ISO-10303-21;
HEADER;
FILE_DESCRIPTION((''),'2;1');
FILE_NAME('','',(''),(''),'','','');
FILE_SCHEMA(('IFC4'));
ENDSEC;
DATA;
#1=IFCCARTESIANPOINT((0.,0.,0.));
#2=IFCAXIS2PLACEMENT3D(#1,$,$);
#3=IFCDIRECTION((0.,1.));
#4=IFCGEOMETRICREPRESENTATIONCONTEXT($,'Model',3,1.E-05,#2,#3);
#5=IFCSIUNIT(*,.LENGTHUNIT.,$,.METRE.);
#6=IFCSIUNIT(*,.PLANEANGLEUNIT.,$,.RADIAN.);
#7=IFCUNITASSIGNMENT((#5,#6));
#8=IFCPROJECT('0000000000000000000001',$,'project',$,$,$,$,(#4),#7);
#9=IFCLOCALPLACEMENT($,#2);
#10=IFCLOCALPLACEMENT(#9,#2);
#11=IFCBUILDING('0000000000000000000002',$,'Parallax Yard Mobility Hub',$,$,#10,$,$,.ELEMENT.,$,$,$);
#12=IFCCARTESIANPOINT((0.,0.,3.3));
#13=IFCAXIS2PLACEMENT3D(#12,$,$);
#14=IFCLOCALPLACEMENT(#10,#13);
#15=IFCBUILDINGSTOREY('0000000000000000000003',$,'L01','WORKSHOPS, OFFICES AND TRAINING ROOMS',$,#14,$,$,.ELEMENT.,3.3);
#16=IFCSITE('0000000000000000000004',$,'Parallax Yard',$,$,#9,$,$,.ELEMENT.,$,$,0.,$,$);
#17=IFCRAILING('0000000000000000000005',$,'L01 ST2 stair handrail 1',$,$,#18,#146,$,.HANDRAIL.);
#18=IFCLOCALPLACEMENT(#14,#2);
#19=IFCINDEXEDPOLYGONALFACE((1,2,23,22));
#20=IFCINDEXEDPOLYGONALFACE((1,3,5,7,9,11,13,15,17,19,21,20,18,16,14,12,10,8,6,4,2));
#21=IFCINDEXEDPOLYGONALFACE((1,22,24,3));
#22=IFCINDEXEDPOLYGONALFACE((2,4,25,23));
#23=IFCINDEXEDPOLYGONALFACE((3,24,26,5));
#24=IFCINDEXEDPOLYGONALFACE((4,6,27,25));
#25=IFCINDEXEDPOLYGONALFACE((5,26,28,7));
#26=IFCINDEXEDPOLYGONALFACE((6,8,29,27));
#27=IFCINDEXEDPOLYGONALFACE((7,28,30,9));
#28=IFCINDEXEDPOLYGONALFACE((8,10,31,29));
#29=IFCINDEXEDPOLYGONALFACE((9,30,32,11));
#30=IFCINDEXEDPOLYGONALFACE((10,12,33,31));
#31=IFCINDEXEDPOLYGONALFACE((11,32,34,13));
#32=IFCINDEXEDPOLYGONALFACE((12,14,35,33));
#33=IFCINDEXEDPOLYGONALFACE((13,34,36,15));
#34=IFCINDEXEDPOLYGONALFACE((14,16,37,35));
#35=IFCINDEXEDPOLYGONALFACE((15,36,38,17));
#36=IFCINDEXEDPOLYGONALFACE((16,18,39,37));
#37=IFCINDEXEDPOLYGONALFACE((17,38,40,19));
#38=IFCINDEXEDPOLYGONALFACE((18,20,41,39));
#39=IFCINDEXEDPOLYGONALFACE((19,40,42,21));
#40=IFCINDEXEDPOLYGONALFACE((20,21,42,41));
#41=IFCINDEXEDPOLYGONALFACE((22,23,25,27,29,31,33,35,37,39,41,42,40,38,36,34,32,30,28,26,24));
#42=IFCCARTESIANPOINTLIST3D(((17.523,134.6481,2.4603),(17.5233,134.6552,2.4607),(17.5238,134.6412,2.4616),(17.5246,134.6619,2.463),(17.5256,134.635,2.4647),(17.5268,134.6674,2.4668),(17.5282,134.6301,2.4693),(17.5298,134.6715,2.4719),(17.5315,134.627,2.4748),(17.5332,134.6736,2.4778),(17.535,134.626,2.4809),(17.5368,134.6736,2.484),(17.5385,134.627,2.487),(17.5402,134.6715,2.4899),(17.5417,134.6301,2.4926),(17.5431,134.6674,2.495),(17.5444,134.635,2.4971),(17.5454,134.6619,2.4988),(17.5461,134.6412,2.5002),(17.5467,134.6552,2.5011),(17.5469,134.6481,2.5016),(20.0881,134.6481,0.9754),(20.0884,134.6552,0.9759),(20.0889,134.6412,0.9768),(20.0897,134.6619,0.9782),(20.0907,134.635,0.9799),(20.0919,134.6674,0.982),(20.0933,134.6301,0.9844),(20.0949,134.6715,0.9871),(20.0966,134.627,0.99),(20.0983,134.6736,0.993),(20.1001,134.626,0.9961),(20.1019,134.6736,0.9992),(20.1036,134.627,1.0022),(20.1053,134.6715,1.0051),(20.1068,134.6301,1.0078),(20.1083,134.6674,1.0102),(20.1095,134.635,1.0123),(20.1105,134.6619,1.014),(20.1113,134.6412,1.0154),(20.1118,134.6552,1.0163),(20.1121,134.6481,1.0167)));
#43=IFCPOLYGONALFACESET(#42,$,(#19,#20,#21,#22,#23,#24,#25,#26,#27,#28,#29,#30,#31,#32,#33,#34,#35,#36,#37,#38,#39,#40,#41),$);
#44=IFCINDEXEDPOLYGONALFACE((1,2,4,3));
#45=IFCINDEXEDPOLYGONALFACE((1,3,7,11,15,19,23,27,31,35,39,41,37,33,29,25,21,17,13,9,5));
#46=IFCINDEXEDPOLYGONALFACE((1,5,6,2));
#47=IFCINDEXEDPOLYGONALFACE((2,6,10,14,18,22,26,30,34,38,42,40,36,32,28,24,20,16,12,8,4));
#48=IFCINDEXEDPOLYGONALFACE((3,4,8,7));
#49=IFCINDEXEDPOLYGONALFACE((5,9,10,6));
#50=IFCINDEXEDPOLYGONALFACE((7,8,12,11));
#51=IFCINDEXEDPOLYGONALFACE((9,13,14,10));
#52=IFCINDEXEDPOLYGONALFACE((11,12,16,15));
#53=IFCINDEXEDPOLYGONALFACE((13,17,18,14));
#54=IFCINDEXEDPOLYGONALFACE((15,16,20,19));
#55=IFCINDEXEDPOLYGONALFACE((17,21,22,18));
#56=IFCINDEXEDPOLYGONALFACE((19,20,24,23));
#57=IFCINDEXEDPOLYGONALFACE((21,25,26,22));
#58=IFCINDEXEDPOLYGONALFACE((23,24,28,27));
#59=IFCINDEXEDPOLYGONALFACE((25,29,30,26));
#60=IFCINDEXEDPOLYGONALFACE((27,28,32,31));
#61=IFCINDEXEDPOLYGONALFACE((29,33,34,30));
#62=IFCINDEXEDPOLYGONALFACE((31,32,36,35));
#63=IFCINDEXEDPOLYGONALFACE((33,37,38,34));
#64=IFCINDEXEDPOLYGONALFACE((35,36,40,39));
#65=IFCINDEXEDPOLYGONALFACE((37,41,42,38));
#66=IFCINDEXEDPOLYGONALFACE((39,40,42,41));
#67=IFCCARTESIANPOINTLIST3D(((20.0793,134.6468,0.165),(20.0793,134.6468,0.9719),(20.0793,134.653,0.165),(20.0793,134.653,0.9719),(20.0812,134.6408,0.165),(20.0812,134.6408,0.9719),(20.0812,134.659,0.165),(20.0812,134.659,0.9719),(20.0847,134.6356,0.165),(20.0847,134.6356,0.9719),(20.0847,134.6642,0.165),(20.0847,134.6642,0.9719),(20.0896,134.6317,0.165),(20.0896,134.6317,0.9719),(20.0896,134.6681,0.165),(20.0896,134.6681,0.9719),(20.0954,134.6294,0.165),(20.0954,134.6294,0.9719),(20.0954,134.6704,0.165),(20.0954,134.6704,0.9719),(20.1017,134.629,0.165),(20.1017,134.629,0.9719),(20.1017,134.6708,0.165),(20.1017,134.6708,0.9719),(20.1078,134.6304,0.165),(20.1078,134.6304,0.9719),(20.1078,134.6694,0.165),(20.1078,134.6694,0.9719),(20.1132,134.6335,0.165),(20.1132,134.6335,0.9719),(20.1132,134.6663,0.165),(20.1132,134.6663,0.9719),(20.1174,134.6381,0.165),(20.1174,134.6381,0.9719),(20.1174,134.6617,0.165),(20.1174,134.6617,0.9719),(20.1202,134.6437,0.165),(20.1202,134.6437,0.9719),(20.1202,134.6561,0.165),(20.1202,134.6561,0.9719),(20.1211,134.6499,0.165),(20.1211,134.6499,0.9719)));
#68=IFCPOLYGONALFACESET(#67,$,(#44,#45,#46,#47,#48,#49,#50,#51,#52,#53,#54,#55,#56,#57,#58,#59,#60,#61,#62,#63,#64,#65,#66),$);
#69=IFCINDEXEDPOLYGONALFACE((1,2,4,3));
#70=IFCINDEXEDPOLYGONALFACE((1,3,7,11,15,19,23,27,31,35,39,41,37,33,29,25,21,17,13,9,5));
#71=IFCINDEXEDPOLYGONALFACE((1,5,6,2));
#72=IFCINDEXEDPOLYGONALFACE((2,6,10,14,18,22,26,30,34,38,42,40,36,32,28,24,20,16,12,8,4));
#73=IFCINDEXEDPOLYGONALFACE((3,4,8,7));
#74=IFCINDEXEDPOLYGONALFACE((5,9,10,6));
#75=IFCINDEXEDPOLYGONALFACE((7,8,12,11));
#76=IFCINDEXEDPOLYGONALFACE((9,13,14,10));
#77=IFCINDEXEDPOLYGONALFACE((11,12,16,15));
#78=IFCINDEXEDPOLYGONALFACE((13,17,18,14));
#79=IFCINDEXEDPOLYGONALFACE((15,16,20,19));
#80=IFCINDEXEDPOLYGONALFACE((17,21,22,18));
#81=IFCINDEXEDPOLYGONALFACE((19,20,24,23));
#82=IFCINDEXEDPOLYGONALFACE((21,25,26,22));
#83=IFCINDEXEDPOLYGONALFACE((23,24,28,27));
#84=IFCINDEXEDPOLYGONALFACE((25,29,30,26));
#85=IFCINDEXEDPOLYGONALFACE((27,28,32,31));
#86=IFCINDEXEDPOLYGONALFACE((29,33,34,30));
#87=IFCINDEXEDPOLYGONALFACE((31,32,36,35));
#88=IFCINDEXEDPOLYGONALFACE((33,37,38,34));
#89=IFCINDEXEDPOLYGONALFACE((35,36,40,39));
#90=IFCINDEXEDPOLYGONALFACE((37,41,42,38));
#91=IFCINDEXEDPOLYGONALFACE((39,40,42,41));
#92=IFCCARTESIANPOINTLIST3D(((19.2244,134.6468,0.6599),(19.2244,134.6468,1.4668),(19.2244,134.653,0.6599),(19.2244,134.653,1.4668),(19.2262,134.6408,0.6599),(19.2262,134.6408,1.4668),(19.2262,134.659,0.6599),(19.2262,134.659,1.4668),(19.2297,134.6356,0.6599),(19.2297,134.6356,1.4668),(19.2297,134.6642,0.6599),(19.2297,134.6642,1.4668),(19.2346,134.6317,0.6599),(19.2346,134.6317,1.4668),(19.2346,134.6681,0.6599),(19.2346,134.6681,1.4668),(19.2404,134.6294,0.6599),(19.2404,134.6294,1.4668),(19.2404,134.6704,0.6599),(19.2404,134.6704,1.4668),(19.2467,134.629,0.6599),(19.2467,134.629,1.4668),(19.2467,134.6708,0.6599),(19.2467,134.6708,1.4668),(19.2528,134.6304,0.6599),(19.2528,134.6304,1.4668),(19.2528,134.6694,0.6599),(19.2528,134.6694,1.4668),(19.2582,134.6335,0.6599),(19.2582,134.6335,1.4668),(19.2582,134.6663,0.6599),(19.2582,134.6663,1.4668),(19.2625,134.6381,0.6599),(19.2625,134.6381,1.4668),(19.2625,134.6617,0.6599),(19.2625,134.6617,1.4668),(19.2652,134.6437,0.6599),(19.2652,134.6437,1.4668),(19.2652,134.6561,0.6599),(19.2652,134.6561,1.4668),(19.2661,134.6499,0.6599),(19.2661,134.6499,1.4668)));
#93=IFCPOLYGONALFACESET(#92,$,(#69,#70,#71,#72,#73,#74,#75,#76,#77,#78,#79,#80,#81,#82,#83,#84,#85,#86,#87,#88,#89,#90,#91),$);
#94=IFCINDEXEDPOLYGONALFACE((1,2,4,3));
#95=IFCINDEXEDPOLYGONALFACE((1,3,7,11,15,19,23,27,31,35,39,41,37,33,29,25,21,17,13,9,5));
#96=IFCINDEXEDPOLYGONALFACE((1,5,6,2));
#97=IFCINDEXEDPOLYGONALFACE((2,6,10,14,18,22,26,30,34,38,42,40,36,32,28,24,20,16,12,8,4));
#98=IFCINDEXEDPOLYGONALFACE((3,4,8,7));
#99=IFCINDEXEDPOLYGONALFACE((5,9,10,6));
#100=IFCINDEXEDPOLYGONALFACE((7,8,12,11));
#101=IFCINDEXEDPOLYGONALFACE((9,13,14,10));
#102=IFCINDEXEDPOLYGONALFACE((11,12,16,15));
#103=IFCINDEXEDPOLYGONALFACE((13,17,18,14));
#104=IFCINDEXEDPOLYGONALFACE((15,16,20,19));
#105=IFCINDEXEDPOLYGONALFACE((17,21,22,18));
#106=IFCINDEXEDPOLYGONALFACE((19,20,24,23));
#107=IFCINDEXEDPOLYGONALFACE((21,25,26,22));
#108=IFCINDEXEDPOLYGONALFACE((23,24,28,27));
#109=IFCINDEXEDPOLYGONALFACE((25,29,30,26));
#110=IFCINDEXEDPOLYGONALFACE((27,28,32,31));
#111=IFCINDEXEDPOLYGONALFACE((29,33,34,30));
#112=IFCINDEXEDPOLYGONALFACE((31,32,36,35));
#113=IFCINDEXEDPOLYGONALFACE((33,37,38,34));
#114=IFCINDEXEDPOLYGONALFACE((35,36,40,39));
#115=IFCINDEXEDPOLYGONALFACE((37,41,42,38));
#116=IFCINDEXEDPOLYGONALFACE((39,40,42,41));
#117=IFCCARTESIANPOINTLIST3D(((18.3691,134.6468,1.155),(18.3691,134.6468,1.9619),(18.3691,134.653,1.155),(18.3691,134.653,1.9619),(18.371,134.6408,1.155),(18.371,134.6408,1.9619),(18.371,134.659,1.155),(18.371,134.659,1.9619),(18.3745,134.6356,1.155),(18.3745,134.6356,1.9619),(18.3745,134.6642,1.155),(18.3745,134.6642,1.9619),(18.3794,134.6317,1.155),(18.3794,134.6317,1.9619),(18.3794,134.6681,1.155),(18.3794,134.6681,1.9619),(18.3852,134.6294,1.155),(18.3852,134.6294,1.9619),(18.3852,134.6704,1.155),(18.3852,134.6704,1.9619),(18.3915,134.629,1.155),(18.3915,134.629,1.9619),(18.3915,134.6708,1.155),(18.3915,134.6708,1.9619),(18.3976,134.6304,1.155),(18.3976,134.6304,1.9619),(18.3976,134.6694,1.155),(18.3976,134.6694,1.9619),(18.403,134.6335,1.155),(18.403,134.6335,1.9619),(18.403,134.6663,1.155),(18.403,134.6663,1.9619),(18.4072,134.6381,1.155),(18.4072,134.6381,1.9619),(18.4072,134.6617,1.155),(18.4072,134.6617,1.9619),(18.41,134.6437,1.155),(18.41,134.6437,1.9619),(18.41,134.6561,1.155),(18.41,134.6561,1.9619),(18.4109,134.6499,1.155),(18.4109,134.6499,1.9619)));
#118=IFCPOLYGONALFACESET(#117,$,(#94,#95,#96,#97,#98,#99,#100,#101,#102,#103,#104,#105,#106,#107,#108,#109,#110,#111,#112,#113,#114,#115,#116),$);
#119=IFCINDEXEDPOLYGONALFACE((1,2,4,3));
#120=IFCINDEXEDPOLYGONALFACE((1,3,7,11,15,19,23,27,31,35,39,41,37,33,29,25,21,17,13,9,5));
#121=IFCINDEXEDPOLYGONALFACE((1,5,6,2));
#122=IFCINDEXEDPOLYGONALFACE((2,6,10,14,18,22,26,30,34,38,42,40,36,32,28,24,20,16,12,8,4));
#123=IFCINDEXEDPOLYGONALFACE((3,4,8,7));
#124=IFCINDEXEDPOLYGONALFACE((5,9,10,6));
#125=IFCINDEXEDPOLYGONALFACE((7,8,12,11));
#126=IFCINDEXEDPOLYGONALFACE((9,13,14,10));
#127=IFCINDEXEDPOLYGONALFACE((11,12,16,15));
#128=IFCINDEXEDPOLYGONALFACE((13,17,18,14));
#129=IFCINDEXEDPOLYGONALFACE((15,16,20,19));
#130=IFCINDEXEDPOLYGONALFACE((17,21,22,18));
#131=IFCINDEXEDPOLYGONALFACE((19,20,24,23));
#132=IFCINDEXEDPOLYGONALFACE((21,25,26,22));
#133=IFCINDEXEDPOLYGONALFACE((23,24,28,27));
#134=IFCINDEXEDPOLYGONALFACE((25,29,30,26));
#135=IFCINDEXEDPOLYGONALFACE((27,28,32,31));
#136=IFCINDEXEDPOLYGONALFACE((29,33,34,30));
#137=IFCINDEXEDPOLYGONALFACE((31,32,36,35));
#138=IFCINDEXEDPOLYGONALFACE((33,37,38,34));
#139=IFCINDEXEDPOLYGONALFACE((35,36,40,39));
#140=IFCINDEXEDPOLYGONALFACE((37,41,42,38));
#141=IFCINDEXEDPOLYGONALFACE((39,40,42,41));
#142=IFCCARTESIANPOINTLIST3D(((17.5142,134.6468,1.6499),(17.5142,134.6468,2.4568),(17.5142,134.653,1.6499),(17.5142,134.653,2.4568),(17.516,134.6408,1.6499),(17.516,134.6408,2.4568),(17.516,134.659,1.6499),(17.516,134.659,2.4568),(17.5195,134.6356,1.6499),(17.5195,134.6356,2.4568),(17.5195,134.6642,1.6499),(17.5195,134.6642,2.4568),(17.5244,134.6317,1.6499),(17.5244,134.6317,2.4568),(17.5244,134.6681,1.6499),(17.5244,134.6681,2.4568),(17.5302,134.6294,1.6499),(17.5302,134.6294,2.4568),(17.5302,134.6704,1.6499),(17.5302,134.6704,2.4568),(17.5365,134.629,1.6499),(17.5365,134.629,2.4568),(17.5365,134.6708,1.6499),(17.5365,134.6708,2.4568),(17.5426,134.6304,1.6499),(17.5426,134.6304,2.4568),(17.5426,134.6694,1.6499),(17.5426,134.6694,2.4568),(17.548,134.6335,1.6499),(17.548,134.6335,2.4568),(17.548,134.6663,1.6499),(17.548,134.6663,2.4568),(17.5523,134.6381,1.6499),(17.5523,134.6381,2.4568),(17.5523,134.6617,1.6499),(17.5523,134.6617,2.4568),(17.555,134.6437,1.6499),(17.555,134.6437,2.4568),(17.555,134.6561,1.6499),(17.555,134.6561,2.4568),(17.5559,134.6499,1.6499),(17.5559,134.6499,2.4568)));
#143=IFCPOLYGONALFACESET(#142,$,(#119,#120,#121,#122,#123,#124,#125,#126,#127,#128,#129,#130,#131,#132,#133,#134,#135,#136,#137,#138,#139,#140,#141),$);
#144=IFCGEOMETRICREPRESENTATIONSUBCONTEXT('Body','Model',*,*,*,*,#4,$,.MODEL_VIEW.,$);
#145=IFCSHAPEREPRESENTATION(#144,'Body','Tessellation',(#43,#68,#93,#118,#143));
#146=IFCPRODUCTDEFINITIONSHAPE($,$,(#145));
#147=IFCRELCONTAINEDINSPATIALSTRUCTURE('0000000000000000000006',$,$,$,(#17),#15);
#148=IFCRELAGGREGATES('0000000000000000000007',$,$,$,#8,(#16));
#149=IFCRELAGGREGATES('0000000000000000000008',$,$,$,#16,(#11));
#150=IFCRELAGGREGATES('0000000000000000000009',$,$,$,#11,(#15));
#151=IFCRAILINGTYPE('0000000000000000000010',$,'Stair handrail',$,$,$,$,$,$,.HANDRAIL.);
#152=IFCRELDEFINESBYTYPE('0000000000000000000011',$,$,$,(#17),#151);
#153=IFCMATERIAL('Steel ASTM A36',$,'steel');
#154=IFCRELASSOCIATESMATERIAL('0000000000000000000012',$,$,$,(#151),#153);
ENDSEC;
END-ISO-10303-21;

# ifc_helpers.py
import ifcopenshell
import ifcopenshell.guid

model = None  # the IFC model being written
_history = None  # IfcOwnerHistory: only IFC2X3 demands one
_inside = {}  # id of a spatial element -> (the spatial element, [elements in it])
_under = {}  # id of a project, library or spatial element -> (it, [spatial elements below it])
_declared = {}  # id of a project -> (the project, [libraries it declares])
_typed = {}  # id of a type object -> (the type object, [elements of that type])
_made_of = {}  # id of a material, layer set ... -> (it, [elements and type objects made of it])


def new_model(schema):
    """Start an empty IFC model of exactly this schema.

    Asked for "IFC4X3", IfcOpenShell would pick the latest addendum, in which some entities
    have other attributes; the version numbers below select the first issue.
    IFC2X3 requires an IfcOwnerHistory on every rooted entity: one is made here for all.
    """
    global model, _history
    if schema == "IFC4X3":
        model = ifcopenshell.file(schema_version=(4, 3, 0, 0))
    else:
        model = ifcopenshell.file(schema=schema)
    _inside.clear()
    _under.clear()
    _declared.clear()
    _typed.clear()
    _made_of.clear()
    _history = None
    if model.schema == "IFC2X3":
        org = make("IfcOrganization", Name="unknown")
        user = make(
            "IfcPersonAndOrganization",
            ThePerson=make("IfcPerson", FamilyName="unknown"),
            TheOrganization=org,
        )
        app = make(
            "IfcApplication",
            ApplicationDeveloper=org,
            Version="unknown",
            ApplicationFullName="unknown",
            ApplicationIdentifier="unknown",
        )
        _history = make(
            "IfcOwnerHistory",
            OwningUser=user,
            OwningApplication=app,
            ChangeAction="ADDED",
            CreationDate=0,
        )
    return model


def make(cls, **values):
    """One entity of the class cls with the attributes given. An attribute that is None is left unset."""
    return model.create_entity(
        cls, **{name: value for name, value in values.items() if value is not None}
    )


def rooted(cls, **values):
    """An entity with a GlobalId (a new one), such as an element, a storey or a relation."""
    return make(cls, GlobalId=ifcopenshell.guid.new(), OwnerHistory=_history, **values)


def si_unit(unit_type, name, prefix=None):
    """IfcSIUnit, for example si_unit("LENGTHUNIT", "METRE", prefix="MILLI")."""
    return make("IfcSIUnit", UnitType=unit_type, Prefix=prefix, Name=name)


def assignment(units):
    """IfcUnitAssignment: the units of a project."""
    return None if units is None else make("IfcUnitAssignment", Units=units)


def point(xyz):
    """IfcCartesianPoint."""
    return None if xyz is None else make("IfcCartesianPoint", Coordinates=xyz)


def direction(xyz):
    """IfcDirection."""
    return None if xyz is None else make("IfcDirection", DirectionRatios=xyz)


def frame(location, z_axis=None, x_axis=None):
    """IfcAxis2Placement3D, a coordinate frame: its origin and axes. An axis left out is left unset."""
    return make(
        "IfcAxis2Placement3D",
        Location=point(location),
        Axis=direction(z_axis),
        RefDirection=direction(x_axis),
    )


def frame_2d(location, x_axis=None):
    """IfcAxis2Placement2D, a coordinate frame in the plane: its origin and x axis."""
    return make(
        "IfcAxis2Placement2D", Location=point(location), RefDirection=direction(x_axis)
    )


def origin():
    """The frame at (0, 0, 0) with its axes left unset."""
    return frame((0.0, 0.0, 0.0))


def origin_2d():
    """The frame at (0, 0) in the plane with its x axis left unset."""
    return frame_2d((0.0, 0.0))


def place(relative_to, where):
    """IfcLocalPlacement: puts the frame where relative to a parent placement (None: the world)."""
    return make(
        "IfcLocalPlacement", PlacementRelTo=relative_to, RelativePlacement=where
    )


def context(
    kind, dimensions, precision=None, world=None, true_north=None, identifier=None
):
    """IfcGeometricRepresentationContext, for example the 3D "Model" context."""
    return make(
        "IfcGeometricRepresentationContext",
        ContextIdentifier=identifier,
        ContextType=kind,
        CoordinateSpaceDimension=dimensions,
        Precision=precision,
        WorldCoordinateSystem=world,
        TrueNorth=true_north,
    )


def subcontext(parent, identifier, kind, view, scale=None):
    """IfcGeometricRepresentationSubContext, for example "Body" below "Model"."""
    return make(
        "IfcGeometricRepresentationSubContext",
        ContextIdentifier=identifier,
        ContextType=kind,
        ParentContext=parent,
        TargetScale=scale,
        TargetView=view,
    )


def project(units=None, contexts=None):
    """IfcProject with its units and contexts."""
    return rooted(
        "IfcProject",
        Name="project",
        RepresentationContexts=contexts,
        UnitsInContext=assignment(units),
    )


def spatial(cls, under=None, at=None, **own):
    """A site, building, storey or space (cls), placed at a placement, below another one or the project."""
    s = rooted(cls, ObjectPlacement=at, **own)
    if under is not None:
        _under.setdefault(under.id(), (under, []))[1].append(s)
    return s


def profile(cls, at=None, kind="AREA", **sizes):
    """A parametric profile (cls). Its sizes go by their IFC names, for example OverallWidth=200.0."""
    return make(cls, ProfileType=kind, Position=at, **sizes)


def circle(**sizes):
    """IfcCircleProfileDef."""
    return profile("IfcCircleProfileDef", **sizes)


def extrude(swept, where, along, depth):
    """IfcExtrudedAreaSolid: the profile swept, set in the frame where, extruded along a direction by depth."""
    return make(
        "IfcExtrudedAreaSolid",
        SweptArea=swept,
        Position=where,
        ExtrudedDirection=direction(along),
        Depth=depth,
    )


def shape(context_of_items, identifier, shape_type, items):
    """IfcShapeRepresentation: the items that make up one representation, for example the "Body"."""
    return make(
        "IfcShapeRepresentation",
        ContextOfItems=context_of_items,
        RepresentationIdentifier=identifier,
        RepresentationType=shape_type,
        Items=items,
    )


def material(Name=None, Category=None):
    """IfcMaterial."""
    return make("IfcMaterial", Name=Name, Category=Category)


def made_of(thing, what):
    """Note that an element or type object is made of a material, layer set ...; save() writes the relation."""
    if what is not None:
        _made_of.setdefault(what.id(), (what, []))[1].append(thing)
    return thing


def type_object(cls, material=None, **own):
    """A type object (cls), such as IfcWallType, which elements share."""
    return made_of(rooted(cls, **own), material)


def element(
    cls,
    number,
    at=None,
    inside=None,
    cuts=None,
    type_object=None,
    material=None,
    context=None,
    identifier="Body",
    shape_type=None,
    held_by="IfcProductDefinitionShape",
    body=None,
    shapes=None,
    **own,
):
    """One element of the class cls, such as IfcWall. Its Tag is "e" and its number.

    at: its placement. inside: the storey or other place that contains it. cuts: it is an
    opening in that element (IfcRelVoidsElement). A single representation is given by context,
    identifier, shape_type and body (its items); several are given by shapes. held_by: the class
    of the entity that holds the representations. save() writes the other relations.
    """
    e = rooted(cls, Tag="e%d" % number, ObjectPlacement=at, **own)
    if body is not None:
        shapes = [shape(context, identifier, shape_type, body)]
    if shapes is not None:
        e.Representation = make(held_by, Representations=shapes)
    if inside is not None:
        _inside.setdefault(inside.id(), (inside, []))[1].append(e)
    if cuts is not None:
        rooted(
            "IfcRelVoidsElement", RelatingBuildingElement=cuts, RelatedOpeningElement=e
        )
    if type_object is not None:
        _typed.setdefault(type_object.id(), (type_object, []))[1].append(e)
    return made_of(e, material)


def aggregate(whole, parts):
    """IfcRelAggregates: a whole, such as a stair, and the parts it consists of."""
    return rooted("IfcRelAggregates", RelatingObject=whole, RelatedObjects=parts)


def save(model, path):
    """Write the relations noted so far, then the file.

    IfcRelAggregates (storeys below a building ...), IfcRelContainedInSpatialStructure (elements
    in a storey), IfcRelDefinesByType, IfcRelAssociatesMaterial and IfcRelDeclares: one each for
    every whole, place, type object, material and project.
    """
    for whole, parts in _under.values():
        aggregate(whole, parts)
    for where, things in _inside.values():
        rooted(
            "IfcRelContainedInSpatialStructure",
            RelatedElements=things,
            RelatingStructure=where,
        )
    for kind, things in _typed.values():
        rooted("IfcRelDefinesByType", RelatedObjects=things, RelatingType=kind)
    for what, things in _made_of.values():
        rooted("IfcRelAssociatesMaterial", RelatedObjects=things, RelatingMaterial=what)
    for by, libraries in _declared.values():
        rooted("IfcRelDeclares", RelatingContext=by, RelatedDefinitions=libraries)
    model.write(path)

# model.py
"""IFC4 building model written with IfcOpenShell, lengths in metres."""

from ifc_helpers import new_model, si_unit, direction, frame, origin, origin_2d, place, context, subcontext, project, spatial, circle, extrude, material, type_object, element, save


model = new_model("IFC4")

# Units and contexts
model_context = context("Model", 3, precision=1e-05, world=origin(), true_north=direction((0.0, 1.0)))
body_context = subcontext(model_context, "Body", "Model", "MODEL_VIEW")
ifc_project = project(units=[si_unit("LENGTHUNIT", "METRE"), si_unit("PLANEANGLEUNIT", "RADIAN")], contexts=[model_context])

# Site, building, storey
site_placement = place(None, origin())
site = spatial("IfcSite", under=ifc_project, at=site_placement, Name="Parallax Yard", CompositionType="ELEMENT", RefElevation=0.0)
building_placement = place(site_placement, origin())
building = spatial("IfcBuilding", under=site, at=building_placement, Name="Parallax Yard Mobility Hub", CompositionType="ELEMENT")
storey_placement = place(building_placement, frame((0.0, 0.0, 3.3)))
storey = spatial("IfcBuildingStorey", under=building, at=storey_placement, Name="L01", Description="WORKSHOPS, OFFICES AND TRAINING ROOMS", CompositionType="ELEMENT", Elevation=3.3)

# Railing
ifc_material_1 = material(Name="Steel ASTM A36", Category="steel")
railing_type_1 = type_object("IfcRailingType", Name="Stair handrail", PredefinedType="HANDRAIL", material=ifc_material_1)
railing_1_placement = place(storey_placement, frame((20.1001, 134.6499, 0.165)))
element("IfcRailing", 1, at=railing_1_placement, inside=storey, type_object=railing_type_1, Name="L01 ST2 stair handrail 1", PredefinedType="HANDRAIL", context=body_context, shape_type="SweptSolid", body=[
    extrude(circle(Radius=0.0239, at=origin_2d()), frame((0.0, 0.0, 0.8311), z_axis=(-0.865462, 0.0, 0.500975), x_axis=(0.0, -1.0, 0.0)), (0.0, 0.0, 1.0), 2.9639),
    extrude(circle(Radius=0.021, at=origin_2d()), origin(), (0.0, 0.0, 1.0), 0.8069),
    extrude(circle(Radius=0.021, at=origin_2d()), frame((-0.855, 0.0, 0.4949)), (0.0, 0.0, 1.0), 0.8069),
    extrude(circle(Radius=0.021, at=origin_2d()), frame((-1.7102, 0.0, 0.99)), (0.0, 0.0, 1.0), 0.8069),
    extrude(circle(Radius=0.021, at=origin_2d()), frame((-2.5652, 0.0, 1.4849)), (0.0, 0.0, 1.0), 0.8069),
])

save(model, "model.ifc")
